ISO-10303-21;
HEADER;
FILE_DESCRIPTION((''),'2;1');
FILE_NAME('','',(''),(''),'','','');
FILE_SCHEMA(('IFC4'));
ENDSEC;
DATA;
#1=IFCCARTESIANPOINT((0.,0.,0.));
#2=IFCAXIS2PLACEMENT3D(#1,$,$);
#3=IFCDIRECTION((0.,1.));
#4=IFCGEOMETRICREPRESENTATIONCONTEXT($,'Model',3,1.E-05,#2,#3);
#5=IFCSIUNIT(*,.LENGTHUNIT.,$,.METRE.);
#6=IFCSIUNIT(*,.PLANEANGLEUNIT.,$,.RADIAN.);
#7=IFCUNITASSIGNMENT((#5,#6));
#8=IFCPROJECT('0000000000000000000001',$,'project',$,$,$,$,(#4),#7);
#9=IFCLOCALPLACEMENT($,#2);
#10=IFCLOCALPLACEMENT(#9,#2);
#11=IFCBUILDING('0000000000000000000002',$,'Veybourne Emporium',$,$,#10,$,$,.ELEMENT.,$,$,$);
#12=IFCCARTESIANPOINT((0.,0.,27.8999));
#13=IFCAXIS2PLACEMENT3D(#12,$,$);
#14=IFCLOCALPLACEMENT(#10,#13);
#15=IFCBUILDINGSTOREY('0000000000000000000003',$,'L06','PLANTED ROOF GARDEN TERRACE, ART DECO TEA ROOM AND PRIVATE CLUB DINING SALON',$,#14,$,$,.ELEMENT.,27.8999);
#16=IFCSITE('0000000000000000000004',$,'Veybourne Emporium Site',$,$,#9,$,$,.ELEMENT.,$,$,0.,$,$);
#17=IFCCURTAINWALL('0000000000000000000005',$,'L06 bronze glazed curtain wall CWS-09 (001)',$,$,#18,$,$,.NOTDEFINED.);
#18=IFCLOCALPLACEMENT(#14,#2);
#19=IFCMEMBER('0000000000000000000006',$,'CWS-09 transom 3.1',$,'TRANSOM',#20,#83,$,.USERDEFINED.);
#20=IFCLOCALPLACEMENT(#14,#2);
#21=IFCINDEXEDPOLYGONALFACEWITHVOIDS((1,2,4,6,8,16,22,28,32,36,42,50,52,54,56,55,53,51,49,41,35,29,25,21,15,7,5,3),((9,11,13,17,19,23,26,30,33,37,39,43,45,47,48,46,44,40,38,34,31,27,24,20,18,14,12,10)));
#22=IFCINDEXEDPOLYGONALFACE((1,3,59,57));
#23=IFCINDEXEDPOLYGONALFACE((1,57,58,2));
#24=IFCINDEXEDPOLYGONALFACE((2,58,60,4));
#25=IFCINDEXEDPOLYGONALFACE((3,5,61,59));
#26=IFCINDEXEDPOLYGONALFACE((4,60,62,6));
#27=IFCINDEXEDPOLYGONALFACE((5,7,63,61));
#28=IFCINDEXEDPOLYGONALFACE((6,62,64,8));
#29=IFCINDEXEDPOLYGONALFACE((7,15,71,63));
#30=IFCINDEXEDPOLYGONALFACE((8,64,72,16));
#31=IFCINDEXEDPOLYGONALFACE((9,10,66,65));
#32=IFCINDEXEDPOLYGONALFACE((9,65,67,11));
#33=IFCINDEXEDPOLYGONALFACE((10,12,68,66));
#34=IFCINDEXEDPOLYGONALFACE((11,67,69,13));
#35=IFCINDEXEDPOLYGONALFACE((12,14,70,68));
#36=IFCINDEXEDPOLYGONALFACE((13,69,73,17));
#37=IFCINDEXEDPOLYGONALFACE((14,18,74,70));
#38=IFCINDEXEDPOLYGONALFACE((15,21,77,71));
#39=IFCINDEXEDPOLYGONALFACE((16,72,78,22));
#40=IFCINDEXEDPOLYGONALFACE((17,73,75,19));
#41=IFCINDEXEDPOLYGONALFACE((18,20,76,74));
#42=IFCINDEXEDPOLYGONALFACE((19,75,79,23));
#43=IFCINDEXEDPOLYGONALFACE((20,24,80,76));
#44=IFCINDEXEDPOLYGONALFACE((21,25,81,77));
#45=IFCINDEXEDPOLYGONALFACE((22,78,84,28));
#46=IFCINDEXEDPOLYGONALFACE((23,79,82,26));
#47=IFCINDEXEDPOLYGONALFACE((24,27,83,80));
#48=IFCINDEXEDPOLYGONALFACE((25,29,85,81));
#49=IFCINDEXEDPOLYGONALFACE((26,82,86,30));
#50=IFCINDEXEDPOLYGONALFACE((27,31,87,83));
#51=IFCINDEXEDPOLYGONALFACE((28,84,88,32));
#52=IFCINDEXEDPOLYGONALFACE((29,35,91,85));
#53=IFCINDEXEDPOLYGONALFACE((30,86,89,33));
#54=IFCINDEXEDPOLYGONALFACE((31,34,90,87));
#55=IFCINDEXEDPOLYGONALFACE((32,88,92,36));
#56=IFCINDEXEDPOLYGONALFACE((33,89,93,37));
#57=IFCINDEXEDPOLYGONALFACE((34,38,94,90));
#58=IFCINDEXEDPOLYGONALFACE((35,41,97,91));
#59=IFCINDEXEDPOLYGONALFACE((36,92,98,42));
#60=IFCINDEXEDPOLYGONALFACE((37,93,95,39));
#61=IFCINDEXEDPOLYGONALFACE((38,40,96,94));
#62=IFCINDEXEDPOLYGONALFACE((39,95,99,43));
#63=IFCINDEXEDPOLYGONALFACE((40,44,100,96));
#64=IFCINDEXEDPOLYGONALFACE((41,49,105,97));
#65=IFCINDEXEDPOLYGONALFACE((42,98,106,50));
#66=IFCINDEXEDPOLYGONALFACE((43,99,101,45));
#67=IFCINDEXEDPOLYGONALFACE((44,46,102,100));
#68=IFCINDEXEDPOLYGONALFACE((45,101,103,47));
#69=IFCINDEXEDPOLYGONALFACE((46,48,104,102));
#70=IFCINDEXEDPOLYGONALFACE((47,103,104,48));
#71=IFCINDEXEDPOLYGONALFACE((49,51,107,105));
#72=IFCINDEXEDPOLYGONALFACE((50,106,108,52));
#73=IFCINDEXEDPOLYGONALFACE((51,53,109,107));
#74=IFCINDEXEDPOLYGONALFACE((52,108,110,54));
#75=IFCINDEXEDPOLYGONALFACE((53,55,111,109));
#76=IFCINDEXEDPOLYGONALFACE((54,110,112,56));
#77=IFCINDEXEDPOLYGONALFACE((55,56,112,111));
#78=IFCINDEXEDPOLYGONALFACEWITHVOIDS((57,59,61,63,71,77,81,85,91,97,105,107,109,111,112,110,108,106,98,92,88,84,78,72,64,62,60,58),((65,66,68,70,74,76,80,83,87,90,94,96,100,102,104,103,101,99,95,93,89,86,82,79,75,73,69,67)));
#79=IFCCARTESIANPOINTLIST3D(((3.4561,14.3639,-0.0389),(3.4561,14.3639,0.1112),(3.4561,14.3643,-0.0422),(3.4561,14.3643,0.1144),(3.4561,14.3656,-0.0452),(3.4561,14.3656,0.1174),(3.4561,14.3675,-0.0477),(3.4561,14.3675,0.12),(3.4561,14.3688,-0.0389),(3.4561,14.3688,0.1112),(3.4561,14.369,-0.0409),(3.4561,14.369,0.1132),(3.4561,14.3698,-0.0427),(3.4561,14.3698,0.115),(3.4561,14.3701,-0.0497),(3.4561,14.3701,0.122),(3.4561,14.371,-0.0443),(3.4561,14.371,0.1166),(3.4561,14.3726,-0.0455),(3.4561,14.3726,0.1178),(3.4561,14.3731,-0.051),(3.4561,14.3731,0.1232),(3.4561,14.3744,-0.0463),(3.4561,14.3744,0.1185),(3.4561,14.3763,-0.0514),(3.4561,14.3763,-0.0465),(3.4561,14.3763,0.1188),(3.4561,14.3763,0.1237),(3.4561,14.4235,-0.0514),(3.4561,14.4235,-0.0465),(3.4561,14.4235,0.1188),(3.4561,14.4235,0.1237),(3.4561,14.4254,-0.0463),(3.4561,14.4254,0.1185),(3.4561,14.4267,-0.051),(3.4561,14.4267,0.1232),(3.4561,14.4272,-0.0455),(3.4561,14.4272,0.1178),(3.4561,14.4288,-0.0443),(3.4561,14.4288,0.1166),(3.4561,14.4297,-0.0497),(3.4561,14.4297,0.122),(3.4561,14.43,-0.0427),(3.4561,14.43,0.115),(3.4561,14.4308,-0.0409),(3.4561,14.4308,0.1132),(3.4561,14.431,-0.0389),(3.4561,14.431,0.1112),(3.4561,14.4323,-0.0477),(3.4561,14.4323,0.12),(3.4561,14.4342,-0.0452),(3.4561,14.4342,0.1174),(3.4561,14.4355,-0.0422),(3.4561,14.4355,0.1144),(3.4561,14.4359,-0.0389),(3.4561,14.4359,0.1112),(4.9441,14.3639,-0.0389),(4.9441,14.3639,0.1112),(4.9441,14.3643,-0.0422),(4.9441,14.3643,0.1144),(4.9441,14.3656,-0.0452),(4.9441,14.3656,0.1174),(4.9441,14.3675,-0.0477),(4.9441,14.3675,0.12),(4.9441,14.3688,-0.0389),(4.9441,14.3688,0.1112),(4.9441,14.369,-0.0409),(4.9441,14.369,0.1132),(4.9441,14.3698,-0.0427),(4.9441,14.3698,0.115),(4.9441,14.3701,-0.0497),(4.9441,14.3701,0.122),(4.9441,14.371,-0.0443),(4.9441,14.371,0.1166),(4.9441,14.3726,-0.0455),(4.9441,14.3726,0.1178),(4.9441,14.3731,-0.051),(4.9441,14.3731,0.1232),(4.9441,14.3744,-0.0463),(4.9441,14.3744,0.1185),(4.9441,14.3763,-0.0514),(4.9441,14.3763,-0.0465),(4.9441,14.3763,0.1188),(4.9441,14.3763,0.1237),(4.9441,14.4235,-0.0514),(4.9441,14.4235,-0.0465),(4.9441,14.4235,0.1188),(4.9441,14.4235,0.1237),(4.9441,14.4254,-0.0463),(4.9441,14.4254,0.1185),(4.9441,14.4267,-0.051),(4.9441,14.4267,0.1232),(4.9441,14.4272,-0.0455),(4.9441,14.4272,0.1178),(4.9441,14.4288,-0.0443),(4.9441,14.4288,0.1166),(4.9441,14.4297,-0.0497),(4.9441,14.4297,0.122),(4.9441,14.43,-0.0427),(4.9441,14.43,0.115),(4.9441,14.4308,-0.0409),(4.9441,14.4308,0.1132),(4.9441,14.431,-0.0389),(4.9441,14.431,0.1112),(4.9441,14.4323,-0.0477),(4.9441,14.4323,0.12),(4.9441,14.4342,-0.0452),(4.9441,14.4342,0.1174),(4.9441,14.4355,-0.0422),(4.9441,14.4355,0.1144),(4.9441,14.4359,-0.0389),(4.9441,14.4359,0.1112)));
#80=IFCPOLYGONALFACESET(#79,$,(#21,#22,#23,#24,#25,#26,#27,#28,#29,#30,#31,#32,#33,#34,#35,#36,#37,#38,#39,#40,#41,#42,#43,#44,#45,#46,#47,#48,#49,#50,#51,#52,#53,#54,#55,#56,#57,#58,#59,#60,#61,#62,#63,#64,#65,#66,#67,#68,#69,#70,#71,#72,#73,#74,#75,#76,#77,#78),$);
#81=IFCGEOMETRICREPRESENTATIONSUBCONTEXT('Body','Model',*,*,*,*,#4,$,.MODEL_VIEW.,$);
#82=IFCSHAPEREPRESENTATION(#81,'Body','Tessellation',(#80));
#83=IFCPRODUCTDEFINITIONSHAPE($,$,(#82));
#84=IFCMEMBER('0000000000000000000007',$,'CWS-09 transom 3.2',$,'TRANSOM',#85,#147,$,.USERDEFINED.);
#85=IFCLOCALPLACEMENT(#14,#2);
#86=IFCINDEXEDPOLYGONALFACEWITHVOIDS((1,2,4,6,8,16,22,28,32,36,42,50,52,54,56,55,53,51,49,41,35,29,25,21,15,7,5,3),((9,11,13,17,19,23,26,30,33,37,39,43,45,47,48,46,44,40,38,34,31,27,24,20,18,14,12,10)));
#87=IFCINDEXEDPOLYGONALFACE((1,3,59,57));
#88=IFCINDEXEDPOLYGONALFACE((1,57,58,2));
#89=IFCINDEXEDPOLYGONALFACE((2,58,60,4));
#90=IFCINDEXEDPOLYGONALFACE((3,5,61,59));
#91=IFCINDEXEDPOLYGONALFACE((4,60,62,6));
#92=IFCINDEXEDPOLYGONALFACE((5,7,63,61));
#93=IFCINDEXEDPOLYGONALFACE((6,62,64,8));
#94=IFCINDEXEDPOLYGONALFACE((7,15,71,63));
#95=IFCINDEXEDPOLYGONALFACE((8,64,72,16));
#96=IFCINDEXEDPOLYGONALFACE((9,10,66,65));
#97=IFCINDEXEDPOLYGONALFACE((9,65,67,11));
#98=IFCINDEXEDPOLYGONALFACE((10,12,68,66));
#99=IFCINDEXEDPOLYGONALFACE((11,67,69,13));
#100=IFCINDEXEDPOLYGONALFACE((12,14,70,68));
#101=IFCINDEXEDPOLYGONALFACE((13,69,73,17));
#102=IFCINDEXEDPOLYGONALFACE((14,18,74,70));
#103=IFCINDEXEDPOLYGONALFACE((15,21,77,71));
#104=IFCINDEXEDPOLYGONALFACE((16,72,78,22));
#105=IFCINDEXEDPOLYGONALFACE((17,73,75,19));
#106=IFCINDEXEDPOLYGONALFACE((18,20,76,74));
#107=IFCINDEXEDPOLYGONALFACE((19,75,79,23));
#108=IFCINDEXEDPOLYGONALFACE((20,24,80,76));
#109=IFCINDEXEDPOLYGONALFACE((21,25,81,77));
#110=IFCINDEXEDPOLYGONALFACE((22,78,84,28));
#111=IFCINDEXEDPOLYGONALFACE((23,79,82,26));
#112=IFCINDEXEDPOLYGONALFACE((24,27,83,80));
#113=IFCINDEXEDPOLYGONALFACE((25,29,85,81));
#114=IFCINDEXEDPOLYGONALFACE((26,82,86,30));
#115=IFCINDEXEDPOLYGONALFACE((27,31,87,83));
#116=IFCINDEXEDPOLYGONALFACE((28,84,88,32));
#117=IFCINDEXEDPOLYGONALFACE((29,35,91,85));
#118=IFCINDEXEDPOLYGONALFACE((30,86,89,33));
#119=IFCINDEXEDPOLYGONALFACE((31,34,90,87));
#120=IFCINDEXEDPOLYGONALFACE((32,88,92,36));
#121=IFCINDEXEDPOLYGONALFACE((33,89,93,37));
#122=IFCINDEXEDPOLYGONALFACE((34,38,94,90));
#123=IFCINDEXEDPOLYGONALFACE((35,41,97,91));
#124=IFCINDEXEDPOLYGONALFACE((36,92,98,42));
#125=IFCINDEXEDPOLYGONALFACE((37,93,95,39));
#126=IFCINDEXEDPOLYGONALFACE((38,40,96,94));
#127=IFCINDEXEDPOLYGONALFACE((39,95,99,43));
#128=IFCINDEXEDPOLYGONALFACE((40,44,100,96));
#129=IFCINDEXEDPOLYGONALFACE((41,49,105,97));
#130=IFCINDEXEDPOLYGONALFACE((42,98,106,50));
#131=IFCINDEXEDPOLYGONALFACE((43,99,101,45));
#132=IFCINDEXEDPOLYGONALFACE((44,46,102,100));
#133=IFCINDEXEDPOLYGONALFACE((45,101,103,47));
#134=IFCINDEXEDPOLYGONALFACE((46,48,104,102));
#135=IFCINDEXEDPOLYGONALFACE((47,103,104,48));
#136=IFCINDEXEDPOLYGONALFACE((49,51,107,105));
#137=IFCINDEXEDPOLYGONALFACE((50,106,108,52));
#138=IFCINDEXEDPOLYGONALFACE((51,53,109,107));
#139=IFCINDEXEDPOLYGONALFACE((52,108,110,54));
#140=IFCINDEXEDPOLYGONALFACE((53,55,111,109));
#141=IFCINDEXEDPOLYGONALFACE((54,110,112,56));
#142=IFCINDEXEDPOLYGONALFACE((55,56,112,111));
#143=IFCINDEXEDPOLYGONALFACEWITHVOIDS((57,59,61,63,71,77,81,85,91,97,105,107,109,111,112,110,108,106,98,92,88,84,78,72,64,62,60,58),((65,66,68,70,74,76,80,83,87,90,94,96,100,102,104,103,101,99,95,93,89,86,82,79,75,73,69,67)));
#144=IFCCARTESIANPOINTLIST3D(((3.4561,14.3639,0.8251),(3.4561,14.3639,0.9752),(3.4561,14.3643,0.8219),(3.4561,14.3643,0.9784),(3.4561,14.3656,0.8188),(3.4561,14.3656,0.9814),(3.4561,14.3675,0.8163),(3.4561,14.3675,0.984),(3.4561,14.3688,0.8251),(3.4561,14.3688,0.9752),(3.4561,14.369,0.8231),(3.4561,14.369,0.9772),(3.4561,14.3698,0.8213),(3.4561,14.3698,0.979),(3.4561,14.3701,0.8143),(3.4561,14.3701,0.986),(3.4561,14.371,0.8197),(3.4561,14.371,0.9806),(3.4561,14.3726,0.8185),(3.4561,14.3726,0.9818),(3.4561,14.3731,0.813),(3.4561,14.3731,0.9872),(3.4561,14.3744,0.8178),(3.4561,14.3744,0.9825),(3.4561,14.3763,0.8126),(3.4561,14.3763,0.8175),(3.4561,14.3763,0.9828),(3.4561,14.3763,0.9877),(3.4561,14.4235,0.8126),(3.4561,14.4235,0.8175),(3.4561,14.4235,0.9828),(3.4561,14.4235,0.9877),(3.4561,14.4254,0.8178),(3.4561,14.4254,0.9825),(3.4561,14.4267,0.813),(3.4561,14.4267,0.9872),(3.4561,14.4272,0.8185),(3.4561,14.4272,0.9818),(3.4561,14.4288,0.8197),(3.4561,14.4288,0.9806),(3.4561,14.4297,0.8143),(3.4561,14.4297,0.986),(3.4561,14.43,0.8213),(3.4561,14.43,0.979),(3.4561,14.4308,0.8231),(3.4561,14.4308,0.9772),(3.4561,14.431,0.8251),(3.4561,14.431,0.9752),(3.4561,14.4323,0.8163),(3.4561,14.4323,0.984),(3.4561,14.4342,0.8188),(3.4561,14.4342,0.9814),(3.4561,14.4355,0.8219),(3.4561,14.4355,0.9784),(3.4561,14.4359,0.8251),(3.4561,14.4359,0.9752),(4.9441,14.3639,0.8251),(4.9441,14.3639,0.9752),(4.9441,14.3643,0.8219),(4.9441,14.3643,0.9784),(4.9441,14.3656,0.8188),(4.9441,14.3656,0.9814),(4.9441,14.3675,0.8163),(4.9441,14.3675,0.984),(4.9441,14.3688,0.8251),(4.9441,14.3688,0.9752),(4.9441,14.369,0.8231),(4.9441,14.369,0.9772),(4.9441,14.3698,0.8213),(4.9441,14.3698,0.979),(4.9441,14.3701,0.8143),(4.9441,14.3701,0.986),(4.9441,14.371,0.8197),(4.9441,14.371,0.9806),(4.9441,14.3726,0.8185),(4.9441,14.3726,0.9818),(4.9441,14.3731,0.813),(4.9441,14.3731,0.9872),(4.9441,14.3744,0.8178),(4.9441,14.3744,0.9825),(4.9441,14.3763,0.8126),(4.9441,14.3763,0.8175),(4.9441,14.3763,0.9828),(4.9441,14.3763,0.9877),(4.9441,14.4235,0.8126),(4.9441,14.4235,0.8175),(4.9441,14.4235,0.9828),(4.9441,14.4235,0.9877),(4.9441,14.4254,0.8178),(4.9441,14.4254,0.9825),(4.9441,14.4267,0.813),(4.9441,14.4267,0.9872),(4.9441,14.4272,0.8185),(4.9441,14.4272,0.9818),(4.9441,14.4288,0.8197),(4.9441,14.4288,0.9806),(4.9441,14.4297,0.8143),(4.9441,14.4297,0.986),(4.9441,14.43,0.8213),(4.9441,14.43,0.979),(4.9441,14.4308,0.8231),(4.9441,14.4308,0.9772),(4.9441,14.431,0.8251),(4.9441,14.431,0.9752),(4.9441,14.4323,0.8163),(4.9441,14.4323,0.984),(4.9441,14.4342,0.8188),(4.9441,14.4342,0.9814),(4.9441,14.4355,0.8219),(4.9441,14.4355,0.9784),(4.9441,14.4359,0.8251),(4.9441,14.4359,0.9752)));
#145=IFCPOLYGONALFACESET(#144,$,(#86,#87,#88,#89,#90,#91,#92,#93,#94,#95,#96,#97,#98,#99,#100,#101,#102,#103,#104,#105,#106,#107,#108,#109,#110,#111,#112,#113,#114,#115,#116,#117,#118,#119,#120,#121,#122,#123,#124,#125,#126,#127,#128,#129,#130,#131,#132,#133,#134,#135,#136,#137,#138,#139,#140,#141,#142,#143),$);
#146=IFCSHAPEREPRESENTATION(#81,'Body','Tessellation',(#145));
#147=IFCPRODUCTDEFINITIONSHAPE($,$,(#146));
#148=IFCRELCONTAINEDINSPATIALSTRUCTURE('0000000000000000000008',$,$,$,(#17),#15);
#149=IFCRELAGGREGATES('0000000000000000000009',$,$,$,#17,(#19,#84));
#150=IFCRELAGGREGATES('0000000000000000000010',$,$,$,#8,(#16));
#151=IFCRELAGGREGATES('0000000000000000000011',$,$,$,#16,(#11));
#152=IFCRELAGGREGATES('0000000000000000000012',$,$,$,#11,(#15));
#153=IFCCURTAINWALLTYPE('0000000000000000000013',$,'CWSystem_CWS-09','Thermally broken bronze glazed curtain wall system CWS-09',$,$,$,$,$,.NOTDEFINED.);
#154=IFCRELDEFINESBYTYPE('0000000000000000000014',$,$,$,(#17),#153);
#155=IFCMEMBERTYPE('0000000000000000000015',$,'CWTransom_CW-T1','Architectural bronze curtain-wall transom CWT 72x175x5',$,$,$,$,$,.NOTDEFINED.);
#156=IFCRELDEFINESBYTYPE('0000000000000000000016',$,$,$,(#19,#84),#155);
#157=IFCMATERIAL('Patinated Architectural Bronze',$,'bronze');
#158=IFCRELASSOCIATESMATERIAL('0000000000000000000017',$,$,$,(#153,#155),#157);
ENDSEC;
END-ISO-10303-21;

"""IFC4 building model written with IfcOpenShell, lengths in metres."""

from ifc_helpers import new_model, si_unit, direction, frame, origin, origin_2d, place, context, subcontext, project, spatial, hollow_rectangle, extrude, material, material_profile, profile_set, type_object, element, aggregate, save


model = new_model("IFC4")

# Units and contexts
model_context = context("Model", 3, precision=1e-05, world=origin(), true_north=direction((0.0, 1.0)))
body_context = subcontext(model_context, "Body", "Model", "MODEL_VIEW")
ifc_project = project(units=[si_unit("LENGTHUNIT", "METRE"), si_unit("PLANEANGLEUNIT", "RADIAN")], contexts=[model_context])

# Site, building, storey
site_placement = place(None, origin())
site = spatial("IfcSite", under=ifc_project, at=site_placement, Name="Veybourne Emporium Site", CompositionType="ELEMENT", RefElevation=0.0)
building_placement = place(site_placement, origin())
building = spatial("IfcBuilding", under=site, at=building_placement, Name="Veybourne Emporium", CompositionType="ELEMENT")
storey_placement = place(building_placement, frame((0.0, 0.0, 27.8999)))
storey = spatial("IfcBuildingStorey", under=building, at=storey_placement, Name="L06", Description="PLANTED ROOF GARDEN TERRACE, ART DECO TEA ROOM AND PRIVATE CLUB DINING SALON", CompositionType="ELEMENT", Elevation=27.8999)

# Curtain wall, members
ifc_material_1 = material(Name="Patinated Architectural Bronze", Category="bronze")
curtain_wall_type = type_object("IfcCurtainWallType", Name="CWSystem_CWS-09", Description="Thermally broken bronze glazed curtain wall system CWS-09", PredefinedType="NOTDEFINED", material=ifc_material_1)
curtain_wall_placement = place(storey_placement, origin())
curtain_wall = element("IfcCurtainWall", 1, at=curtain_wall_placement, inside=storey, type_object=curtain_wall_type, Name="L06 bronze glazed curtain wall CWS-09 (001)", PredefinedType="NOTDEFINED")
ifc_material_profile_1 = material_profile(ifc_material_1, hollow_rectangle(XDim=0.072, YDim=0.175, WallThickness=0.0049, InnerFilletRadius=0.0076, OuterFilletRadius=0.0125, at=origin_2d()), Name="CWT 72x175x5")
ifc_profile_set_1 = profile_set([ifc_material_profile_1], Name="Patinated Architectural Bronze")
member_type_1 = type_object("IfcMemberType", Name="CWTransom_CW-T1", Description="Architectural bronze curtain-wall transom CWT 72x175x5", PredefinedType="NOTDEFINED", material=ifc_profile_set_1)
member_1_placement = place(storey_placement, frame((4.9441, 14.3999, 0.0361), z_axis=(-1.0, 0.0, 0.0), x_axis=(0.0, -1.0, 0.0)))
member_1 = element("IfcMember", 2, at=member_1_placement, type_object=member_type_1, Name="CWS-09 transom 3.1", ObjectType="TRANSOM", PredefinedType="USERDEFINED", context=body_context, shape_type="SweptSolid", body=[
    extrude(hollow_rectangle(XDim=0.072, YDim=0.175, WallThickness=0.0049, InnerFilletRadius=0.0076, OuterFilletRadius=0.0125, at=origin_2d()), origin(), (0.0, 0.0, 1.0), 1.488),
])
member_2_placement = place(storey_placement, frame((4.9441, 14.3999, 0.9001), z_axis=(-1.0, 0.0, 0.0), x_axis=(0.0, -1.0, 0.0)))
member_2 = element("IfcMember", 3, at=member_2_placement, type_object=member_type_1, Name="CWS-09 transom 3.2", ObjectType="TRANSOM", PredefinedType="USERDEFINED", context=body_context, shape_type="SweptSolid", body=[
    extrude(hollow_rectangle(XDim=0.072, YDim=0.175, WallThickness=0.0049, InnerFilletRadius=0.0076, OuterFilletRadius=0.0125, at=origin_2d()), origin(), (0.0, 0.0, 1.0), 1.488),
])

aggregate(curtain_wall, [member_1, member_2])

save(model, "model.ifc")
